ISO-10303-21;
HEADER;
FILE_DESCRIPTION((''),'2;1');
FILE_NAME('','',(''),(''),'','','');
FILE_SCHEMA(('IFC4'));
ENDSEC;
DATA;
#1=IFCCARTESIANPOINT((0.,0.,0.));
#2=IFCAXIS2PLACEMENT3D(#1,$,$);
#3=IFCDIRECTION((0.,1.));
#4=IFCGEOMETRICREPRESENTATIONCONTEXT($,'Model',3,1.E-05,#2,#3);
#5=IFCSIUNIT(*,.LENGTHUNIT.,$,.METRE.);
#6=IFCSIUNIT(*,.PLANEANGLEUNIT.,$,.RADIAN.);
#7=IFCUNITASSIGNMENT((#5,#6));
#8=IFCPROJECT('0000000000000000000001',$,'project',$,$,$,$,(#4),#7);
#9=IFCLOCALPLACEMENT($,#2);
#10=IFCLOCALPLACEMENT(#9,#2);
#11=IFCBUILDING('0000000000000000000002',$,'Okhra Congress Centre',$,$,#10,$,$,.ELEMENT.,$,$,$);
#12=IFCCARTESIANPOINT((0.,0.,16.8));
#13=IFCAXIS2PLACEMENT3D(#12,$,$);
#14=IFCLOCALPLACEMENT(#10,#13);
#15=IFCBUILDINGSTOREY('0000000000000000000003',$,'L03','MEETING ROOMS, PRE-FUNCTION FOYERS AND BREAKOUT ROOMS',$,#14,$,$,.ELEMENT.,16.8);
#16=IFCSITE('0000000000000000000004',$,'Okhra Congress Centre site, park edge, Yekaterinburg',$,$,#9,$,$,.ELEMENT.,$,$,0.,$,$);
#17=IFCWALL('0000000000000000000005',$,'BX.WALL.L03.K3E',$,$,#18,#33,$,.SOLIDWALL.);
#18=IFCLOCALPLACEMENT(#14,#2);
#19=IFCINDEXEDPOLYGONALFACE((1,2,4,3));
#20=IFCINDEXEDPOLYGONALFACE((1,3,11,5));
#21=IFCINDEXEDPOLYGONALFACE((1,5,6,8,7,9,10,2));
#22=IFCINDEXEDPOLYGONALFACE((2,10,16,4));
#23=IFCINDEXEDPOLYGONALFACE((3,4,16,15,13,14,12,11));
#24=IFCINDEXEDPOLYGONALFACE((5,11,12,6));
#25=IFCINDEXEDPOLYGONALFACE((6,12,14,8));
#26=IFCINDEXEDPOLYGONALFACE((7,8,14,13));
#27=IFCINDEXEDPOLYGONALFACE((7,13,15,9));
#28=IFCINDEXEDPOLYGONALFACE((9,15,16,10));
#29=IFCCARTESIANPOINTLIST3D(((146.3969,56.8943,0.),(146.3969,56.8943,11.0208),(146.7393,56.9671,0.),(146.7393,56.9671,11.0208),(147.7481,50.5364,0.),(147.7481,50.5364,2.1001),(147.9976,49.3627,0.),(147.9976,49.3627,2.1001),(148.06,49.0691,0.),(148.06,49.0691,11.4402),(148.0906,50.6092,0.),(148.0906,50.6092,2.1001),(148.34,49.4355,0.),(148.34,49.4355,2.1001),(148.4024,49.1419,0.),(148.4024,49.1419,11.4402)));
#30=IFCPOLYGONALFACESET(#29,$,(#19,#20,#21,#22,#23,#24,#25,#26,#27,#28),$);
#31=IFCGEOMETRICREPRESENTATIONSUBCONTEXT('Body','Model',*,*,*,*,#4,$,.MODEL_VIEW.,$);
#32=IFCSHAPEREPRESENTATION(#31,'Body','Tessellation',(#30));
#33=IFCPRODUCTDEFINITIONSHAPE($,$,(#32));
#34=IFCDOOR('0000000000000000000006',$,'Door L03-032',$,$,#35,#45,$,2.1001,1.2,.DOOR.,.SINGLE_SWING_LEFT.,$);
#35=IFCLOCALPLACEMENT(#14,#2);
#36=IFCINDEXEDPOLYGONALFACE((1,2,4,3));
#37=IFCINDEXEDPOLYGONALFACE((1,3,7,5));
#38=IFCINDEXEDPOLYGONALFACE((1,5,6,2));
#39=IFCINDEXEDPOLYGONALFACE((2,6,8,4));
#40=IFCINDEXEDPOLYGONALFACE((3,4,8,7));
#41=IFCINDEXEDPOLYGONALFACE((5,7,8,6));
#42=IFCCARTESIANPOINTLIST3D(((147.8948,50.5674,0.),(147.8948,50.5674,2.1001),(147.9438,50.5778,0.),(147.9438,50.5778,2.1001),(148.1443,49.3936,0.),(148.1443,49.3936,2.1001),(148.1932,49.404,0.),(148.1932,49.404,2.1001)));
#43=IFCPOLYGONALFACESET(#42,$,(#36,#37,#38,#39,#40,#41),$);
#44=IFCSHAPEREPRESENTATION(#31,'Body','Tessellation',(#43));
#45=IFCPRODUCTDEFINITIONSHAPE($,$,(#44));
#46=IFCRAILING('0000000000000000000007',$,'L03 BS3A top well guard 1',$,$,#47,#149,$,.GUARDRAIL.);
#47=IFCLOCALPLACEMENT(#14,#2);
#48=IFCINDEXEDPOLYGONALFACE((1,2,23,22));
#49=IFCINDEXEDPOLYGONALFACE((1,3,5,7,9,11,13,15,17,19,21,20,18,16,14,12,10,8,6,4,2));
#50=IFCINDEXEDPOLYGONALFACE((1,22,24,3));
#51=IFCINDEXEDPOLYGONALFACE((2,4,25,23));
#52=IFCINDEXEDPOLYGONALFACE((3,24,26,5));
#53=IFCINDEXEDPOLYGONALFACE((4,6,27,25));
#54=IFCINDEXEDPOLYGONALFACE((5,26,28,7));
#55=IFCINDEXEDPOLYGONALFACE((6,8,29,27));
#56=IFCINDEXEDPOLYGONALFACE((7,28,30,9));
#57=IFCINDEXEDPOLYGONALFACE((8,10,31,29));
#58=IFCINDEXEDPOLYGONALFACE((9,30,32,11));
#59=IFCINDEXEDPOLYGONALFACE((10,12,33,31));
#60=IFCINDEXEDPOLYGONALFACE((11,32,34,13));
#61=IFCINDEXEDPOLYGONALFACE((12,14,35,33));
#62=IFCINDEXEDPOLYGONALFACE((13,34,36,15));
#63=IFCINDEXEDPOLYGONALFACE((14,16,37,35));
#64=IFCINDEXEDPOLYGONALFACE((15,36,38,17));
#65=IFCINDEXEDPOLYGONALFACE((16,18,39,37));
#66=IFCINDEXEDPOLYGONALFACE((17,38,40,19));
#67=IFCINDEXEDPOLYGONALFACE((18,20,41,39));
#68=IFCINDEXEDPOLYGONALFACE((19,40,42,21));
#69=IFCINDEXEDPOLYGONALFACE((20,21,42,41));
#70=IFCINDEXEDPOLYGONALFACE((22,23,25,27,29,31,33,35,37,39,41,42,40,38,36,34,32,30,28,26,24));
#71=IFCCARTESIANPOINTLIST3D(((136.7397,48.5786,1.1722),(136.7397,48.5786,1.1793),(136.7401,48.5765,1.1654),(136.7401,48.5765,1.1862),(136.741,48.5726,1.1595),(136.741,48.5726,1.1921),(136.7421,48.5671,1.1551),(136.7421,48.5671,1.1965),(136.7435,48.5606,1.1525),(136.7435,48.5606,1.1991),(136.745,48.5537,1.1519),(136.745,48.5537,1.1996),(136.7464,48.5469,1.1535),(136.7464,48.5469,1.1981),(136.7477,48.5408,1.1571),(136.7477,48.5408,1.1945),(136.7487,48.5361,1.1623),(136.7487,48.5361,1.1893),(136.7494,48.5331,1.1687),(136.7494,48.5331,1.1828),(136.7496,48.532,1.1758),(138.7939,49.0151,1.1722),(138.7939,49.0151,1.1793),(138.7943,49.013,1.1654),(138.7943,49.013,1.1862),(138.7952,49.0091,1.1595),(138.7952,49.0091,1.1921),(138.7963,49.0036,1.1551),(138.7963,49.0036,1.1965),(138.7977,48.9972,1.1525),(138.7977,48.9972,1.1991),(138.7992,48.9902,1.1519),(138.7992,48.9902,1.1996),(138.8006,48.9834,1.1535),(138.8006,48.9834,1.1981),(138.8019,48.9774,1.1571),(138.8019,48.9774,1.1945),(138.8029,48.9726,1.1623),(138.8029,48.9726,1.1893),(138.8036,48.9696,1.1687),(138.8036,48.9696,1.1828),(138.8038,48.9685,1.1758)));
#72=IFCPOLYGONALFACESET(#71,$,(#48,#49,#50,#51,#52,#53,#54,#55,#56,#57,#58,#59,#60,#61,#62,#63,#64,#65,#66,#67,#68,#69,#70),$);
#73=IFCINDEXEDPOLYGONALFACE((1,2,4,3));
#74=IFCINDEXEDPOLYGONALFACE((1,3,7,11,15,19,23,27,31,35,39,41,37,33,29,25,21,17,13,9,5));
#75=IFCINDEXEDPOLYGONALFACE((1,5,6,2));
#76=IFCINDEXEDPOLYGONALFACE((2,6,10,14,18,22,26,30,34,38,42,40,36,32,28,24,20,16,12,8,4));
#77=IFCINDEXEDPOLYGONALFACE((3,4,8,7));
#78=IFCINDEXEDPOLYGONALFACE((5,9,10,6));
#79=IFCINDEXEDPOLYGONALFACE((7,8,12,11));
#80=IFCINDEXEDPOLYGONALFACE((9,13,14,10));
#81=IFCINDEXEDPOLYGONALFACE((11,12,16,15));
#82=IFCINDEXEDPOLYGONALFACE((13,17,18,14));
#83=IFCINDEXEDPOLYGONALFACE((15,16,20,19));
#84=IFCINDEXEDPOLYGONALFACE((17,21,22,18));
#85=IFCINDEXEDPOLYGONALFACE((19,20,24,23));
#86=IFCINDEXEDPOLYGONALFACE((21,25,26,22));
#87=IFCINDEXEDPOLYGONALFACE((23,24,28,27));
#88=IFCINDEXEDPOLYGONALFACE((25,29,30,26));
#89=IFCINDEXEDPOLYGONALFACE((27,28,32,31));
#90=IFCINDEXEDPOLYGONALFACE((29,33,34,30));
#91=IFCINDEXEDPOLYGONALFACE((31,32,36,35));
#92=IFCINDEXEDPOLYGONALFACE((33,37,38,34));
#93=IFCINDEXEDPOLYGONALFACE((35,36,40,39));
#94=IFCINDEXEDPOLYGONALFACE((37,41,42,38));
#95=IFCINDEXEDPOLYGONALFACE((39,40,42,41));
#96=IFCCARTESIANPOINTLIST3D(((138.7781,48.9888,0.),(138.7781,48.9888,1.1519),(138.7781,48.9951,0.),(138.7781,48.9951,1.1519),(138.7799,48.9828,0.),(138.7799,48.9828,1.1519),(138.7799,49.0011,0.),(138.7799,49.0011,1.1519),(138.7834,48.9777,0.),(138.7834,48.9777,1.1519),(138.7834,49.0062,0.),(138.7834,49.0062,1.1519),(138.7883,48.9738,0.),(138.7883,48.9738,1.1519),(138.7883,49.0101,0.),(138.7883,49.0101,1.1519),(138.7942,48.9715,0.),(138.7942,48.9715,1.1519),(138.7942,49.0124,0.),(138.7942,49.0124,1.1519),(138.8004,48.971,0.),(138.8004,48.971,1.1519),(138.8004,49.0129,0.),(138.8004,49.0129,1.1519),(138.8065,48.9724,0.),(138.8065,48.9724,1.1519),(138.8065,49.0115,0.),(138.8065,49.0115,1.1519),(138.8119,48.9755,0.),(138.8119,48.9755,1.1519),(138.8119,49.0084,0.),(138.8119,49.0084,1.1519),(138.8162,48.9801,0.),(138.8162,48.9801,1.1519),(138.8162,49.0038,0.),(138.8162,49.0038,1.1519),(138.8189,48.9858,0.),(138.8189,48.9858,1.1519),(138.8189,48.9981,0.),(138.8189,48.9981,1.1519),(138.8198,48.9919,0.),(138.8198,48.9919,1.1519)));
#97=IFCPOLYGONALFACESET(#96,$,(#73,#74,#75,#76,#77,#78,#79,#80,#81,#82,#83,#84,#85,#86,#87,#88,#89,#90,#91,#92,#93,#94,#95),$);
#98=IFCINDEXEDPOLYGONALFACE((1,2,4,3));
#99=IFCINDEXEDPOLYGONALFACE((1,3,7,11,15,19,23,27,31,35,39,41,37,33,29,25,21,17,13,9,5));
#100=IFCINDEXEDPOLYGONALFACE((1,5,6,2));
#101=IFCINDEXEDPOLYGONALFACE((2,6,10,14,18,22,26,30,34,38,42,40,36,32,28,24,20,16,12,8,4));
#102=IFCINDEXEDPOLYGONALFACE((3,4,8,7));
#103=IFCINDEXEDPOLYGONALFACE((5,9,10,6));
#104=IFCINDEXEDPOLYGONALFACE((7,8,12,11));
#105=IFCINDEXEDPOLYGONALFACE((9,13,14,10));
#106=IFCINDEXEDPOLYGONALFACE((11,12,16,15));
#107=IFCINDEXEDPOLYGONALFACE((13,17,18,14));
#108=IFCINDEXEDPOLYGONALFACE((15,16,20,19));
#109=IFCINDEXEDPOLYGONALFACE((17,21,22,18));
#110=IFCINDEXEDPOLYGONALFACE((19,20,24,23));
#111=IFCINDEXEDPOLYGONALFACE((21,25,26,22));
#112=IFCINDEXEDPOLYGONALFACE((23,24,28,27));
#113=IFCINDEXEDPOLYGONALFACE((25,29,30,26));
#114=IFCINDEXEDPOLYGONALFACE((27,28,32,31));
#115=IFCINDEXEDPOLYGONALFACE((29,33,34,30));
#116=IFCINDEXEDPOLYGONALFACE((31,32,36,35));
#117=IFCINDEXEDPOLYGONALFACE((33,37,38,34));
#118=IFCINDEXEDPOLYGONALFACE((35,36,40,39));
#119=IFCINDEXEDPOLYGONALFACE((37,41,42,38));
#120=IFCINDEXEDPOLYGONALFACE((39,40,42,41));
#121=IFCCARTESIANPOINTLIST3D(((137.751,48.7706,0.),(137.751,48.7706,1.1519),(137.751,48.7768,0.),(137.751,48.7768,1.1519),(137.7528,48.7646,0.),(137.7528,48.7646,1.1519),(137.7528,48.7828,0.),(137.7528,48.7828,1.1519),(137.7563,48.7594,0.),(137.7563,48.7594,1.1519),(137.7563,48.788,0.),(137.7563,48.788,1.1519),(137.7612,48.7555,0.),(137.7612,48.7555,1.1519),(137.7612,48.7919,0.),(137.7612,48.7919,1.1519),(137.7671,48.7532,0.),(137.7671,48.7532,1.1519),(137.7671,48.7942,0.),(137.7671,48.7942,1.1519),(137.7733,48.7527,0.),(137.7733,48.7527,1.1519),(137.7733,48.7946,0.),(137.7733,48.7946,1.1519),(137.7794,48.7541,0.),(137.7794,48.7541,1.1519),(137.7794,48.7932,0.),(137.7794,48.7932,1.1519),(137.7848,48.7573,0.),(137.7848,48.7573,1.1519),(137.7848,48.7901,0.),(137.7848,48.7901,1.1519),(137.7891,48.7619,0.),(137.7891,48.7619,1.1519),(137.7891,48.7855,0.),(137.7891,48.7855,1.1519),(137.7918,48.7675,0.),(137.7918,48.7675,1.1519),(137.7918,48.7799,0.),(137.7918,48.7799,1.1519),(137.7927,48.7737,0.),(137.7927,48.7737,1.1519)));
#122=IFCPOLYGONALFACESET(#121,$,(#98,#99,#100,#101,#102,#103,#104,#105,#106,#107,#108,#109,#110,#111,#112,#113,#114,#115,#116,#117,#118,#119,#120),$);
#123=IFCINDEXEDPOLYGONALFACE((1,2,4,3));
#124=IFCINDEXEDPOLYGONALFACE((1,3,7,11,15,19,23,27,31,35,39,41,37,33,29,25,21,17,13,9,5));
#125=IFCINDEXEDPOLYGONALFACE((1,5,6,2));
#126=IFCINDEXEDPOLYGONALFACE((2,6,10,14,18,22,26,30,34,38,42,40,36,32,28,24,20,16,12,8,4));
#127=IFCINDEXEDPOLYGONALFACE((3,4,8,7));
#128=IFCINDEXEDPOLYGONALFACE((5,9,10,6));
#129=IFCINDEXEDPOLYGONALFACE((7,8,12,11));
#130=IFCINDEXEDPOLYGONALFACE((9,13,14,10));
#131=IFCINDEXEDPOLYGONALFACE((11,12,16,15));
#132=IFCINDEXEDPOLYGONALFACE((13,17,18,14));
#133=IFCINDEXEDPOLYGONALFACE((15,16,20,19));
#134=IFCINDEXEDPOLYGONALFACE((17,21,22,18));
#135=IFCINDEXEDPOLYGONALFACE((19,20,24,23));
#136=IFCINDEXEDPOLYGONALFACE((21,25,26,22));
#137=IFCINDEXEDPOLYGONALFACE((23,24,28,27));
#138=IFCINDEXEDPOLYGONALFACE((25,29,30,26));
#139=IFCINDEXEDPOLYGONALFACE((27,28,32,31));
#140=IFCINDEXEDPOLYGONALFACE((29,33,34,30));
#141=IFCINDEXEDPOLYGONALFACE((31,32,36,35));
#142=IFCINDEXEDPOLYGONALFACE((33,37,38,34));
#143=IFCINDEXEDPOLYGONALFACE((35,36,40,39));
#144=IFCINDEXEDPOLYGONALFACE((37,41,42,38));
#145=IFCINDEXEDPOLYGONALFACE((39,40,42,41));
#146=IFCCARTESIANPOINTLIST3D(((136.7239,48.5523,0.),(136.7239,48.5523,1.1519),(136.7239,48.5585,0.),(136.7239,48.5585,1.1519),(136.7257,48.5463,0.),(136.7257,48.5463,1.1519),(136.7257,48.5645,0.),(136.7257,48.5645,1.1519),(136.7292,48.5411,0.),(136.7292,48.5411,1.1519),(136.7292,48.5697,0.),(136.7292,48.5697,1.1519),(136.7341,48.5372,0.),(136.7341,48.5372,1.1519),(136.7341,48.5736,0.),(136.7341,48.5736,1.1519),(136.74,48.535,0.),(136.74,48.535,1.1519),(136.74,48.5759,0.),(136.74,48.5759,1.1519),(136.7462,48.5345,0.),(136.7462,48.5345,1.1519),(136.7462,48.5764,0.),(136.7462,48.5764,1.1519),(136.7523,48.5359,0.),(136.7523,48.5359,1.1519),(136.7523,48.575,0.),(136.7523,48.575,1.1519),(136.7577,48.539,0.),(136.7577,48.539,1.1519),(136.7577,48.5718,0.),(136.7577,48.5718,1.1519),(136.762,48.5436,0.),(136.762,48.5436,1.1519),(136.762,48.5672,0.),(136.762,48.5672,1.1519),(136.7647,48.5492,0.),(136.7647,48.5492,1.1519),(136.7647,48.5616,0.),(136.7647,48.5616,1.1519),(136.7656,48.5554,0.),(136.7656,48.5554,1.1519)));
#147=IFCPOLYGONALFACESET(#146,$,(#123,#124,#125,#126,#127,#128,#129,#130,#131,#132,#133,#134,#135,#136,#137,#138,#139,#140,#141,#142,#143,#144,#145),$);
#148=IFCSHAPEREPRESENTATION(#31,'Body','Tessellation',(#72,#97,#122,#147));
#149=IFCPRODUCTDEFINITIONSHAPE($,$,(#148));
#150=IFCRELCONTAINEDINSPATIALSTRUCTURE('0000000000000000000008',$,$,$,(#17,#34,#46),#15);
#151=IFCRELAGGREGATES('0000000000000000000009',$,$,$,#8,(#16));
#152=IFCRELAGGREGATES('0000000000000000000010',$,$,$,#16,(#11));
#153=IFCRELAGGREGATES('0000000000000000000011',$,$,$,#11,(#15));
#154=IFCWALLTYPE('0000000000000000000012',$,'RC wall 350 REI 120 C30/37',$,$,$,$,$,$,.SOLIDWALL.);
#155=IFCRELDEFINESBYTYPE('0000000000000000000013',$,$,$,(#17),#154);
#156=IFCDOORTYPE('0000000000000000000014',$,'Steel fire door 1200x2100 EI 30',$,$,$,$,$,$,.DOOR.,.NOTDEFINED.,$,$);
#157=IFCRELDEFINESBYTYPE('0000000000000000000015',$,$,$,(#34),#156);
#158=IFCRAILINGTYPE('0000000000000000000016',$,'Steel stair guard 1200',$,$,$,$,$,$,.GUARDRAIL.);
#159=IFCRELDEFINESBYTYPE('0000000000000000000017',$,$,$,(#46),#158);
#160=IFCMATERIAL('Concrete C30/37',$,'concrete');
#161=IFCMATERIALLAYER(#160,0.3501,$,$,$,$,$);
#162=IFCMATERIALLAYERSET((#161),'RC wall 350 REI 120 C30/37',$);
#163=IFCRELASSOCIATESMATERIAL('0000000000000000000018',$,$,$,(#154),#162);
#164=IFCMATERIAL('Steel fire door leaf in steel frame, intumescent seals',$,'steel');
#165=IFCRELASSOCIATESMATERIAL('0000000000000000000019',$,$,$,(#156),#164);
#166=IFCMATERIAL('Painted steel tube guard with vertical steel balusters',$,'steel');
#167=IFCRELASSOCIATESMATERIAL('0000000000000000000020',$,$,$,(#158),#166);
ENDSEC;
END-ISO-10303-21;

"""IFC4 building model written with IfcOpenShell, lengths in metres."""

from ifc_helpers import new_model, si_unit, direction, frame, frame_2d, origin, origin_2d, place, context, subcontext, project, spatial, polyline, rectangle, circle, outline, extrude, material, layer, layer_set, type_object, element, fill, save


model = new_model("IFC4")

# Units and contexts
model_context = context("Model", 3, precision=1e-05, world=origin(), true_north=direction((0.0, 1.0)))
body_context = subcontext(model_context, "Body", "Model", "MODEL_VIEW")
ifc_project = project(units=[si_unit("LENGTHUNIT", "METRE"), si_unit("PLANEANGLEUNIT", "RADIAN")], contexts=[model_context])

# Site, building, storey
site_placement = place(None, origin())
site = spatial("IfcSite", under=ifc_project, at=site_placement, Name="Okhra Congress Centre site, park edge, Yekaterinburg", CompositionType="ELEMENT", RefElevation=0.0)
building_placement = place(site_placement, origin())
building = spatial("IfcBuilding", under=site, at=building_placement, Name="Okhra Congress Centre", CompositionType="ELEMENT")
storey_placement = place(building_placement, frame((0.0, 0.0, 16.8)))
storey = spatial("IfcBuildingStorey", under=building, at=storey_placement, Name="L03", Description="MEETING ROOMS, PRE-FUNCTION FOYERS AND BREAKOUT ROOMS", CompositionType="ELEMENT", Elevation=16.8)

# Shared definitions
ifc_material_1 = material(Name="Steel fire door leaf in steel frame, intumescent seals", Category="steel")

# Wall, opening, door
ifc_material_2 = material(Name="Concrete C30/37", Category="concrete")
ifc_layer_1 = layer(ifc_material_2, 0.3501)
ifc_layer_set_1 = layer_set([ifc_layer_1], Name="RC wall 350 REI 120 C30/37")
wall_type_1 = type_object("IfcWallType", Name="RC wall 350 REI 120 C30/37", PredefinedType="SOLIDWALL", material=ifc_layer_set_1)
wall_1_placement = place(storey_placement, frame((148.2312, 49.1055, 0.0), z_axis=(0.0, 0.0, 1.0), x_axis=(-0.207886, 0.978153, 0.0)))
wall_1 = element("IfcWall", 1, at=wall_1_placement, inside=storey, type_object=wall_type_1, Name="BX.WALL.L03.K3E", PredefinedType="SOLIDWALL", context=body_context, shape_type="SweptSolid", body=[
    extrude(outline(polyline([(0.0, 0.0), (8.0, 0.0), (8.0, 11.0208), (0.0, 11.4402), (0.0, 0.0)])), frame((0.0, 0.175, 0.0), z_axis=(0.0, -1.0, 0.0), x_axis=(1.0, 0.0, 0.0)), (0.0, 0.0, 1.0), 0.3501),
])
opening_1_placement = place(wall_1_placement, frame((0.3, 0.0, 0.0)))
opening_1 = element("IfcOpeningElement", 2, at=opening_1_placement, cuts=wall_1, PredefinedType="OPENING", context=body_context, shape_type="SweptSolid", body=[
    extrude(rectangle(XDim=1.2, YDim=2.1001, at=frame_2d((0.6001, 1.05))), frame((0.0, 0.1851, 0.0), z_axis=(0.0, -1.0, 0.0), x_axis=(1.0, 0.0, 0.0)), (0.0, 0.0, 1.0), 0.3701),
])
door_type_1 = type_object("IfcDoorType", Name="Steel fire door 1200x2100 EI 30", OperationType="NOTDEFINED", PredefinedType="DOOR", material=ifc_material_1)
door_1_placement = place(opening_1_placement, frame((1.2, 0.0, 0.0), z_axis=(0.0, 0.0, 1.0), x_axis=(-1.0, 0.0, 0.0)))
door_1 = element("IfcDoor", 3, at=door_1_placement, inside=storey, type_object=door_type_1, Name="Door L03-032", OperationType="SINGLE_SWING_LEFT", OverallHeight=2.1001, OverallWidth=1.2, PredefinedType="DOOR", context=body_context, shape_type="SweptSolid", body=[
    extrude(rectangle(XDim=1.2, YDim=2.1001, at=frame_2d((0.6001, 1.05))), frame((0.0, 0.0249, 0.0), z_axis=(0.0, -1.0, 0.0), x_axis=(1.0, 0.0, 0.0)), (0.0, 0.0, 1.0), 0.05),
])
fill(opening_1, door_1)

# Railing
ifc_material_3 = material(Name="Painted steel tube guard with vertical steel balusters", Category="steel")
railing_type = type_object("IfcRailingType", Name="Steel stair guard 1200", PredefinedType="GUARDRAIL", material=ifc_material_3)
railing_1_placement = place(storey_placement, frame((138.7988, 48.9919, 0.0)))
element("IfcRailing", 4, at=railing_1_placement, inside=storey, type_object=railing_type, Name="L03 BS3A top well guard 1", PredefinedType="GUARDRAIL", context=body_context, shape_type="SweptSolid", body=[
    extrude(circle(Radius=0.0239, at=origin_2d()), frame((0.0, 0.0, 1.1758), z_axis=(-0.978158, -0.207862, 0.0), x_axis=(0.207862, -0.978158, 0.0)), (0.0, 0.0, 1.0), 2.1001),
    extrude(circle(Radius=0.021, at=origin_2d()), origin(), (0.0, 0.0, 1.0), 1.1519),
    extrude(circle(Radius=0.021, at=origin_2d()), frame((-1.0271, -0.2183, 0.0)), (0.0, 0.0, 1.0), 1.1519),
    extrude(circle(Radius=0.021, at=origin_2d()), frame((-2.0542, -0.4365, 0.0)), (0.0, 0.0, 1.0), 1.1519),
])

save(model, "model.ifc")
